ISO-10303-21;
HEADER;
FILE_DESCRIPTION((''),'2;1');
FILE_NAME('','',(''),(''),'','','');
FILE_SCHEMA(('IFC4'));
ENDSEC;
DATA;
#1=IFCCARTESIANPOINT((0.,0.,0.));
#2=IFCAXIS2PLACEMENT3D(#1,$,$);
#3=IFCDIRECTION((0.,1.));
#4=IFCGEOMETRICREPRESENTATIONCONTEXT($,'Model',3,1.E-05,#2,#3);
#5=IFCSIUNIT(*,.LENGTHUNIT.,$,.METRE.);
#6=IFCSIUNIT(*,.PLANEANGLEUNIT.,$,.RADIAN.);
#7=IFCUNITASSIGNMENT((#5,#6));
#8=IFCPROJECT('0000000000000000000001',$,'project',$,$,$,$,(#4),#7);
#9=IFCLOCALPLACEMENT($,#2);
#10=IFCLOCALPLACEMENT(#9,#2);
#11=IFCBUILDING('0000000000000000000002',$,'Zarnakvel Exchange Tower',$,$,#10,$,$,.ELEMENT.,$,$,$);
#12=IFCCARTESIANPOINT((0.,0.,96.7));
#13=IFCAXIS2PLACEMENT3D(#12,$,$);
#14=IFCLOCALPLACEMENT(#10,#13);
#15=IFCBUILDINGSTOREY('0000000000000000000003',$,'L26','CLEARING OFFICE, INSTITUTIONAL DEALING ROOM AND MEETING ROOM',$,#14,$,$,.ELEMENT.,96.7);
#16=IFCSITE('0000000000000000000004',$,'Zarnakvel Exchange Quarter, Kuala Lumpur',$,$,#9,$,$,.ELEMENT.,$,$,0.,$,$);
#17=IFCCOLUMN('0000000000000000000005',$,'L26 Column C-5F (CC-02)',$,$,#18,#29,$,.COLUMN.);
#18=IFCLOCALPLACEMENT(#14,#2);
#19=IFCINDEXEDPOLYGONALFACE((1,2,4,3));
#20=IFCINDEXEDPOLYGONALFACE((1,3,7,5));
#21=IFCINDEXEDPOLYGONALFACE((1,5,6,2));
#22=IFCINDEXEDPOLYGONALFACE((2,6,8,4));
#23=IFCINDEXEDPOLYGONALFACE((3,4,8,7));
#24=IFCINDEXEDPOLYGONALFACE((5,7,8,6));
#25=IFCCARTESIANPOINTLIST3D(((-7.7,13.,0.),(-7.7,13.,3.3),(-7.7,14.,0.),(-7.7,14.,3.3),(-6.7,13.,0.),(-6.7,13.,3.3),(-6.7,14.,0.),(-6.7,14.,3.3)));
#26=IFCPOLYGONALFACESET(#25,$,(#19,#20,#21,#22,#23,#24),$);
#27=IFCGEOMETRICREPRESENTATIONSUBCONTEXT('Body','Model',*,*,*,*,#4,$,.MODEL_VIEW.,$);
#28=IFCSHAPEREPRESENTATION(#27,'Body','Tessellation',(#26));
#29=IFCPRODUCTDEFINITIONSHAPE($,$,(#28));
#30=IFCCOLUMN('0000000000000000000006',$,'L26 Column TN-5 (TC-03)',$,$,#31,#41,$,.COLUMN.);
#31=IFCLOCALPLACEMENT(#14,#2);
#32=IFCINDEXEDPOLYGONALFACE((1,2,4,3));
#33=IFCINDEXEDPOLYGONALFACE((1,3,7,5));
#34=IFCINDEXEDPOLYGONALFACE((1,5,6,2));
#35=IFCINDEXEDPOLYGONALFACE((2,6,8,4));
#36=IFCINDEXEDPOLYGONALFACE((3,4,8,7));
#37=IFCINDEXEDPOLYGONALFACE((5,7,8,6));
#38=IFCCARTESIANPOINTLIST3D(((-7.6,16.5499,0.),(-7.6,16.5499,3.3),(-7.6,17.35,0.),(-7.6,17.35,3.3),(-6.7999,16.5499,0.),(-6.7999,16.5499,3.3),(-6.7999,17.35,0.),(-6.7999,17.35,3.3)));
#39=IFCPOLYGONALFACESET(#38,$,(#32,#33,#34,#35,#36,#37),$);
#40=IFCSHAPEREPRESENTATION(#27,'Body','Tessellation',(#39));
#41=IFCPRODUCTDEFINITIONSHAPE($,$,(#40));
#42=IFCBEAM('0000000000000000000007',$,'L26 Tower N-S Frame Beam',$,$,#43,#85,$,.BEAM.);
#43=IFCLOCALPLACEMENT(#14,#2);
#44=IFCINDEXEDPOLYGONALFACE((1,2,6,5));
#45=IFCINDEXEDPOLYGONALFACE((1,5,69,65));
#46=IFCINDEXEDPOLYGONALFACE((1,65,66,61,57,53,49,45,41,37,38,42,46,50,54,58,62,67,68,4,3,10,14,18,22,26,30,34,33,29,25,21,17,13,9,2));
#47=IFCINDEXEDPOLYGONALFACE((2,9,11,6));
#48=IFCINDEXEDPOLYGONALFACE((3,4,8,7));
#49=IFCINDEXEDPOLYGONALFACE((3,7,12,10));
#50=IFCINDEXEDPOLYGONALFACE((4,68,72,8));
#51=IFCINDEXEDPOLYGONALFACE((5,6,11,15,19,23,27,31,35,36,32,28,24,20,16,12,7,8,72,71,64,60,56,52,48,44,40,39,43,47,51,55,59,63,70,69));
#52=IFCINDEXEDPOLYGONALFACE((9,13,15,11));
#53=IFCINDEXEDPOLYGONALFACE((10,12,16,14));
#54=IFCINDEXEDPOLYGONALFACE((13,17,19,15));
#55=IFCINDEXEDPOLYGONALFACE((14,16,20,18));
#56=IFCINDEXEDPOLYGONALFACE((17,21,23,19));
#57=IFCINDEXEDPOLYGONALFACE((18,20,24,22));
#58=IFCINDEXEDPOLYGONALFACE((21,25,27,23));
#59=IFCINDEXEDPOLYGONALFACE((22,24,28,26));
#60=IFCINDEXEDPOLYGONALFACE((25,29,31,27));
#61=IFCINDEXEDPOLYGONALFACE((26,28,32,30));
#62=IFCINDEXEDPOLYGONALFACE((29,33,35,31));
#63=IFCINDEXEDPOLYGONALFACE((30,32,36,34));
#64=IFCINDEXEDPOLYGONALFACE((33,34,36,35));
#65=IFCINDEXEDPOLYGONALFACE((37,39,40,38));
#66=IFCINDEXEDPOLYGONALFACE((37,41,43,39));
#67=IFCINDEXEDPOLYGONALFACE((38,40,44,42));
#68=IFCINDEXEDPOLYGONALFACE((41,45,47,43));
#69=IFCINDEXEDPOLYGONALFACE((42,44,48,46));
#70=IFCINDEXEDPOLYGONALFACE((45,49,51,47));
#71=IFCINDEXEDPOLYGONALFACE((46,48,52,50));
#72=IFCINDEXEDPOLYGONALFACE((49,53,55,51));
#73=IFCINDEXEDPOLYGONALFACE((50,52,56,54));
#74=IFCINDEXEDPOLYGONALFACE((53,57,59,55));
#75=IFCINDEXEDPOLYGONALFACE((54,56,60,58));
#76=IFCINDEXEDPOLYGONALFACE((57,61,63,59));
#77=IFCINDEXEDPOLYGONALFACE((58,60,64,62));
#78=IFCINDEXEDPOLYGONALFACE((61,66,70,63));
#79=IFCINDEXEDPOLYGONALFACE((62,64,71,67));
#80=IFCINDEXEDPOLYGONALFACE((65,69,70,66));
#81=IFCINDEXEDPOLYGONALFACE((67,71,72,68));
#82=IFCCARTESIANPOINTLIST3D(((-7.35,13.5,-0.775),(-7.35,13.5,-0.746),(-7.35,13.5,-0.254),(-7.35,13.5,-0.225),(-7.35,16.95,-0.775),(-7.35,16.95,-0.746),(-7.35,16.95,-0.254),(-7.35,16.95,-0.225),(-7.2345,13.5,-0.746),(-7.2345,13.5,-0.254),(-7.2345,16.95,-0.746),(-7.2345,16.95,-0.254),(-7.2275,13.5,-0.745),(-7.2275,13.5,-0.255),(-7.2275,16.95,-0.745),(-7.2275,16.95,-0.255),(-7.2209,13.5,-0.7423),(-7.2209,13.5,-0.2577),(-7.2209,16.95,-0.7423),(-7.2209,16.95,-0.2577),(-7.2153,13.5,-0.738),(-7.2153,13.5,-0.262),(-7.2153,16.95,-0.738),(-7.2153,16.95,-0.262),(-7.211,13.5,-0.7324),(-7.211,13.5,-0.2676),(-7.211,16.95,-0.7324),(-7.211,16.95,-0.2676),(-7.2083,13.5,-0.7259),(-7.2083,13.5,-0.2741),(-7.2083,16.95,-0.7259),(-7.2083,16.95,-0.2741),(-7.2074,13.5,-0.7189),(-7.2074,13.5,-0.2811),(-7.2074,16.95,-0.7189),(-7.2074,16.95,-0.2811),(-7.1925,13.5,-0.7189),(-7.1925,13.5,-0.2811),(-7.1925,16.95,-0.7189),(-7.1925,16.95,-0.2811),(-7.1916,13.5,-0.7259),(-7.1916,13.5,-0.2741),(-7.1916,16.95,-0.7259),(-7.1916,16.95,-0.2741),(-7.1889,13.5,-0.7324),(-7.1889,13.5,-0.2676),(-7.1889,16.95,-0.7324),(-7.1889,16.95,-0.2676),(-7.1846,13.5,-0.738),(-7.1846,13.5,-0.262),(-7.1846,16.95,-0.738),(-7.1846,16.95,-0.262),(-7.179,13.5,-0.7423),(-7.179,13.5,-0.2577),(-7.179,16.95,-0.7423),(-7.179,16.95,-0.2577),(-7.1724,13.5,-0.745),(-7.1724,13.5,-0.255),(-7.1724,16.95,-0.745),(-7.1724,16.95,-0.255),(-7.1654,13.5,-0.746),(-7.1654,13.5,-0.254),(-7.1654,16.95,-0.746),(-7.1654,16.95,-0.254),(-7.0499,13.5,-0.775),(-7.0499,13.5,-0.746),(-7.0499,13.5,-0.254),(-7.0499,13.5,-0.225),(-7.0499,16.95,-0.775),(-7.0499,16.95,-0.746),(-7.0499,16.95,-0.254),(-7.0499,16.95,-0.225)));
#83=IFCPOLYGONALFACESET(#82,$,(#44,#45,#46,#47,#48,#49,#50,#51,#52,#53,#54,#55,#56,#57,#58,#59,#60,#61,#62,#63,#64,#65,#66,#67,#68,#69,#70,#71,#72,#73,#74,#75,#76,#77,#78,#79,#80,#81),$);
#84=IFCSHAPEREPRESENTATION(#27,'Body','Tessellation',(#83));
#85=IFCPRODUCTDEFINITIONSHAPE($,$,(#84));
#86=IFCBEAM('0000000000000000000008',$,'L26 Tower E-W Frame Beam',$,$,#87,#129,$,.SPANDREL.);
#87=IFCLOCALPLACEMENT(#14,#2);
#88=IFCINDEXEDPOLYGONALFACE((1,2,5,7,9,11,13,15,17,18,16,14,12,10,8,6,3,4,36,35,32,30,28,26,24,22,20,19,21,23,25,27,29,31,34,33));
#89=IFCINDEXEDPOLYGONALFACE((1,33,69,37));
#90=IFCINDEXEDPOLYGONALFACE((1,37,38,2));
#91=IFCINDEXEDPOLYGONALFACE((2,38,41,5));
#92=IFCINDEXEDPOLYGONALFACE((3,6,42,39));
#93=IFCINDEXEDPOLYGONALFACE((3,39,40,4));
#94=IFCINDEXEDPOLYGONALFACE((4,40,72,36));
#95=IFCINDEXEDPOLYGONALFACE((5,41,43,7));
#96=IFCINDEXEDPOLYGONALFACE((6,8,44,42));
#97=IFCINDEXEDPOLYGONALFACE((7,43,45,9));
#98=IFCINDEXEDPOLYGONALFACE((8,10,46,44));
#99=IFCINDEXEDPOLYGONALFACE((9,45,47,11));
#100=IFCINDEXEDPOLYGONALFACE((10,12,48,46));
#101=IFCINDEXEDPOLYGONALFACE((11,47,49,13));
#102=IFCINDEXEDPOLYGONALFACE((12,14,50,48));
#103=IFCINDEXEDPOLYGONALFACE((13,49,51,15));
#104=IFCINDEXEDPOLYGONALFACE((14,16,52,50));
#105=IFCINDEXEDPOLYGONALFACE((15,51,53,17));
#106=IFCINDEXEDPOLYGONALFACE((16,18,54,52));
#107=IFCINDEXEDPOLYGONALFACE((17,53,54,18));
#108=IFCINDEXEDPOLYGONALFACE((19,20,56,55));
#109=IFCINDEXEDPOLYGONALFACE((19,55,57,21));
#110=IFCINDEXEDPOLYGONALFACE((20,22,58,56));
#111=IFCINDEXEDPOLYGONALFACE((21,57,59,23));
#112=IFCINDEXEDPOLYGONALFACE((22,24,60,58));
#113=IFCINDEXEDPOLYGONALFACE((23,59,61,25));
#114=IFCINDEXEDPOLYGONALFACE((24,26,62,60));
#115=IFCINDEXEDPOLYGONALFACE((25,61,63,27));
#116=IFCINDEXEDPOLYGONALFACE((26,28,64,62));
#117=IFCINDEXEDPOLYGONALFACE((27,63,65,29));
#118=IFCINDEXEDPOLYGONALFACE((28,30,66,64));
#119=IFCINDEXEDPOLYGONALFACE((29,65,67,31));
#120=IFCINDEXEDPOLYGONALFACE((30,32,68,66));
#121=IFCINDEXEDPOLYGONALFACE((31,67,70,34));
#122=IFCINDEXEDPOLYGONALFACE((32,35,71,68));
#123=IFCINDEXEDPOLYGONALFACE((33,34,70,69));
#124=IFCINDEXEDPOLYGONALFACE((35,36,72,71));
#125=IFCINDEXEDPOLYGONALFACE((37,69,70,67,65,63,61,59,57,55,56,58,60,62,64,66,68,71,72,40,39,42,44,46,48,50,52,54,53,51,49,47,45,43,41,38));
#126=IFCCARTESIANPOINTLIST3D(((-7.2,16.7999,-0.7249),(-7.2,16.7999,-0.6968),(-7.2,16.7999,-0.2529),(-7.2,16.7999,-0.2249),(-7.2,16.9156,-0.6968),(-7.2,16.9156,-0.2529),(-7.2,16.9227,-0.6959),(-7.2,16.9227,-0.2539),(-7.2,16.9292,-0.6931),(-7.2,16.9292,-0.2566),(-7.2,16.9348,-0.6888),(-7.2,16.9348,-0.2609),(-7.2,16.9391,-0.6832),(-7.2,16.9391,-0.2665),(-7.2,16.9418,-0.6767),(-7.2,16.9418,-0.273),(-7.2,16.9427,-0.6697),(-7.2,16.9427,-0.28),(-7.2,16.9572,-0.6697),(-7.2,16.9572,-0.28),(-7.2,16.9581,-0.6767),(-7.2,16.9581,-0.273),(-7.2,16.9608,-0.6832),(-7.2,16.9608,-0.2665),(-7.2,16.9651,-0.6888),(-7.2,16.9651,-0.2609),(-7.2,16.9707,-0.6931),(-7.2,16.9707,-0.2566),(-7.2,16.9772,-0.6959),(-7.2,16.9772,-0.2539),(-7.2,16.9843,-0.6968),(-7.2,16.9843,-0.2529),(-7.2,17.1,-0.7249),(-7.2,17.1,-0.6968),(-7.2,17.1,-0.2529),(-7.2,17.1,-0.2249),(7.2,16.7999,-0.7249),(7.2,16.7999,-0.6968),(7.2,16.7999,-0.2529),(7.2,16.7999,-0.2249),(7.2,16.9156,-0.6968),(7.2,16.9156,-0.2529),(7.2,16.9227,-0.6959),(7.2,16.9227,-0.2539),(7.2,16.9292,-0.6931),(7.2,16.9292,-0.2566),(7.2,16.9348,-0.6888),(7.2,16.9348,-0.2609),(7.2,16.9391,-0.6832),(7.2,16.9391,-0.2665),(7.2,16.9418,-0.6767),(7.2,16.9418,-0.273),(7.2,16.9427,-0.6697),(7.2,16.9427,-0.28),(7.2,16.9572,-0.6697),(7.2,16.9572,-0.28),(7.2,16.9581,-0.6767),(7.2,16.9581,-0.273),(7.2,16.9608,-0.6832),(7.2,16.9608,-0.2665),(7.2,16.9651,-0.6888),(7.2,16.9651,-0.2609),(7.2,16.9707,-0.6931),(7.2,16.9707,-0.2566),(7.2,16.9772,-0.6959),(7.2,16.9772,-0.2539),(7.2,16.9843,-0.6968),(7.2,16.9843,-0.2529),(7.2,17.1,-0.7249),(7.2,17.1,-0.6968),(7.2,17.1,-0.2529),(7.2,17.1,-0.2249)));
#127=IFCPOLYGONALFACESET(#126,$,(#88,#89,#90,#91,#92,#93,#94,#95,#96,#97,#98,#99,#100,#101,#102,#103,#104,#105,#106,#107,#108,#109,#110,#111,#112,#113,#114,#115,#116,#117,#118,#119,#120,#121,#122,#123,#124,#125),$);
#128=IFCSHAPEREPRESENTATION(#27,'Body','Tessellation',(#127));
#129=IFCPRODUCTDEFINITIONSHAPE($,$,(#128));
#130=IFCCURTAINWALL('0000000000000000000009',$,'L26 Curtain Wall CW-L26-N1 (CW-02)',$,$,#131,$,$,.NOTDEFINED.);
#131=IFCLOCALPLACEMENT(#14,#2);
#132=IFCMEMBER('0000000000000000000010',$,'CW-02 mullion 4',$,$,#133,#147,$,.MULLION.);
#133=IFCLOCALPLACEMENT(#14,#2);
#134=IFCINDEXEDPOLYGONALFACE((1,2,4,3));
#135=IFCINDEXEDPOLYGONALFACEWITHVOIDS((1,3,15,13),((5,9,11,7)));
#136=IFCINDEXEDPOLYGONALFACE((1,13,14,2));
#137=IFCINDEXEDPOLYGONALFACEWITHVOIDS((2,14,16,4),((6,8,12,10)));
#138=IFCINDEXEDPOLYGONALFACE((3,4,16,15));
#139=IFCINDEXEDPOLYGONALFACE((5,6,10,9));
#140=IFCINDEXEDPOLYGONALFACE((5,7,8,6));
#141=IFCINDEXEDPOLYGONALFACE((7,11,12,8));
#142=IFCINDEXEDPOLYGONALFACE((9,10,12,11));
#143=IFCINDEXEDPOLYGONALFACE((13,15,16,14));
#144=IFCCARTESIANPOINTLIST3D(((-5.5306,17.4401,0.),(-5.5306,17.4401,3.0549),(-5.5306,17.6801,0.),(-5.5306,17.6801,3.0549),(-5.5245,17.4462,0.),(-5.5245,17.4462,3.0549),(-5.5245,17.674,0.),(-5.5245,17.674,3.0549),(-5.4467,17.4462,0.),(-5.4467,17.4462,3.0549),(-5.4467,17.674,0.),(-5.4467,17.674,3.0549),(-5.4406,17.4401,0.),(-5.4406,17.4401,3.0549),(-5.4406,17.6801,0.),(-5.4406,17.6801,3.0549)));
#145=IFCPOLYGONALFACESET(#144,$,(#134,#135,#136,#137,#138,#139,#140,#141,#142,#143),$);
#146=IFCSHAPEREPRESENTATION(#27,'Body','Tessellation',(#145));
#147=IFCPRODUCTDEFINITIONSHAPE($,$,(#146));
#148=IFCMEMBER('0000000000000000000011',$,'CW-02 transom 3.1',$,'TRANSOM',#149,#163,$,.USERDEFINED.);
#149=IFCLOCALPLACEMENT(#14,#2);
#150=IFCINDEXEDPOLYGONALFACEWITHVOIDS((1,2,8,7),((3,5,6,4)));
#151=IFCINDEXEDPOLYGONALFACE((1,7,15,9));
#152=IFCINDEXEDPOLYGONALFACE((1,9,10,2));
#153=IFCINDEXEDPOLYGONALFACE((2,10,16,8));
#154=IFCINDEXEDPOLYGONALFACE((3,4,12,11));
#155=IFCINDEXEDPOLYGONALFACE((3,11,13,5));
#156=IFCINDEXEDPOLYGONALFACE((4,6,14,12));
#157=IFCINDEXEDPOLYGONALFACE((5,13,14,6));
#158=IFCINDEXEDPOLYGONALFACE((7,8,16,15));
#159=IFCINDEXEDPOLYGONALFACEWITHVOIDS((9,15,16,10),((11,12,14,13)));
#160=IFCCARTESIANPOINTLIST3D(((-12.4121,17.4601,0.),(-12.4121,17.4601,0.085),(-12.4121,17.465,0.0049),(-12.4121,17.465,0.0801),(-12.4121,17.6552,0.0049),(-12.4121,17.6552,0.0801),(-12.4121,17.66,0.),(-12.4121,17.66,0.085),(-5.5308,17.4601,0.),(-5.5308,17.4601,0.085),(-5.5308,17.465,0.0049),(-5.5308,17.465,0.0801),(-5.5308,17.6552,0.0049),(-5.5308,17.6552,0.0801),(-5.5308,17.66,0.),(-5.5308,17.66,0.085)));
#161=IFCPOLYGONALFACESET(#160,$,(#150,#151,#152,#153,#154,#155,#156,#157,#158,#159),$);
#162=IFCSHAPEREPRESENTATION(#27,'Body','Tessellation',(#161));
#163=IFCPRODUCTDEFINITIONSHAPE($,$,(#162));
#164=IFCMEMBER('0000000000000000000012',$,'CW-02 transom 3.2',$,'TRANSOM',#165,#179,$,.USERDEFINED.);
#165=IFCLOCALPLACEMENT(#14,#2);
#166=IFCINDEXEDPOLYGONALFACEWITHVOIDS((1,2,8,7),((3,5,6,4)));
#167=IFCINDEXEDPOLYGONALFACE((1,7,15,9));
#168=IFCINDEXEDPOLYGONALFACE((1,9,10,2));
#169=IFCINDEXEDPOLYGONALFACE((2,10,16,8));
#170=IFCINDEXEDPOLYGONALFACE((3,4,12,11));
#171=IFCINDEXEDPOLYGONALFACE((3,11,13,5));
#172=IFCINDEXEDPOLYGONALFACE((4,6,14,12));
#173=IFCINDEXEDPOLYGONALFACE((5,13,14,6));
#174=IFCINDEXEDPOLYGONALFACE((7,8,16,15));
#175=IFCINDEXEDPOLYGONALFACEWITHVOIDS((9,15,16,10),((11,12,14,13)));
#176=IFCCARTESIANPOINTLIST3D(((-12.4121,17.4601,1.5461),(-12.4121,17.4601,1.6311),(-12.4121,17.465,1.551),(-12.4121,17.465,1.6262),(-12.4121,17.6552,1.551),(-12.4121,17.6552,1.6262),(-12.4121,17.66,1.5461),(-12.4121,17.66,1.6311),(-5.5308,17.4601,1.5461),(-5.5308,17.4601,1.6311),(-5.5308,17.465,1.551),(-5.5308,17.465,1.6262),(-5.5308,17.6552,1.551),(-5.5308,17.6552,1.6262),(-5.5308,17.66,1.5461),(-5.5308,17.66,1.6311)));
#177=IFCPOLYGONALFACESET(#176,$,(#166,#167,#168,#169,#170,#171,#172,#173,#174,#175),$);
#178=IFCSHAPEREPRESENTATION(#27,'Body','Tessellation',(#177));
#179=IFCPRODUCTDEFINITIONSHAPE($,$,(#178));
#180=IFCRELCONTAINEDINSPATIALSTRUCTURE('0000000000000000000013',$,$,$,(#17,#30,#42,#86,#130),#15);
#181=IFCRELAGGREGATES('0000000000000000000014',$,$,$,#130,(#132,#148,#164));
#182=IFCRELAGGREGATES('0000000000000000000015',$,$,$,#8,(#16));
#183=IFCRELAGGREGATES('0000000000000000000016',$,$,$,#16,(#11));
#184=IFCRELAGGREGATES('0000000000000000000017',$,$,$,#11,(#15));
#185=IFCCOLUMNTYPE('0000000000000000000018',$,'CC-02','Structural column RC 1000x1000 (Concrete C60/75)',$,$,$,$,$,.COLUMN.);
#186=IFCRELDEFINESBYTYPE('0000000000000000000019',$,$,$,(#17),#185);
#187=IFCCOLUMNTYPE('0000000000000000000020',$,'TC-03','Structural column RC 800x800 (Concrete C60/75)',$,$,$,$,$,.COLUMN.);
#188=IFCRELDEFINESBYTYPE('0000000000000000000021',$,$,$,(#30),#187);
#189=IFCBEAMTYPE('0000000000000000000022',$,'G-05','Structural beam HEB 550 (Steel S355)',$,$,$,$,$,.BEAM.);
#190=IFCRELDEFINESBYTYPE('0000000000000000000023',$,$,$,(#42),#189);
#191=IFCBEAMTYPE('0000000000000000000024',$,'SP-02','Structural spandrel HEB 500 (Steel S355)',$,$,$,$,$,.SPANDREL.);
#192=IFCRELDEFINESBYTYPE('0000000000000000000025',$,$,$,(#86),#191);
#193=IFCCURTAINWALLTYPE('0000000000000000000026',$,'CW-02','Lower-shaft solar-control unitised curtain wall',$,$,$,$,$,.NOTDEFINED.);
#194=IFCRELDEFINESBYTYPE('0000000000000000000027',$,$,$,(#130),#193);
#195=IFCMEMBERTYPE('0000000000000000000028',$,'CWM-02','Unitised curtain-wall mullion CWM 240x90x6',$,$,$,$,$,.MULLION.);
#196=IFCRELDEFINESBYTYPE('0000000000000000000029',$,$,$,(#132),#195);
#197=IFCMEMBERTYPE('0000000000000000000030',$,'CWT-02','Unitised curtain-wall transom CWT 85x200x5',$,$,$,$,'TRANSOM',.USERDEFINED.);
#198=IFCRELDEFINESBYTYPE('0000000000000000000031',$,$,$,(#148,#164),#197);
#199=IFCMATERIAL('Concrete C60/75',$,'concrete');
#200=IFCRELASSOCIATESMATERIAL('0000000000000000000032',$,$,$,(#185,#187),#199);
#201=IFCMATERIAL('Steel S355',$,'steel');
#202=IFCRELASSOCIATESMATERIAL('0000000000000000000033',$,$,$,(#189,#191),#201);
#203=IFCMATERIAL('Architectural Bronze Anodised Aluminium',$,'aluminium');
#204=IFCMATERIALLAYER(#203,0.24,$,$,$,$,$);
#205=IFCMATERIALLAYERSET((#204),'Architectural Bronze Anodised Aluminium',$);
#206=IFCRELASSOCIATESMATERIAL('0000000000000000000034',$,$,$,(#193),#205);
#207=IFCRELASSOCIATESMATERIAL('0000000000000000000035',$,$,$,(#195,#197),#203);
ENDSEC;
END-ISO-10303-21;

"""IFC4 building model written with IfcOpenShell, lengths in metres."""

from ifc_helpers import new_model, si_unit, direction, frame, origin, origin_2d, place, context, subcontext, project, spatial, rectangle, hollow_rectangle, i_section, extrude, source, transform, mapped, material, layer, layer_set, material_profile, profile_set, type_object, element, aggregate, save


model = new_model("IFC4")

# Units and contexts
model_context = context("Model", 3, precision=1e-05, world=origin(), true_north=direction((0.0, 1.0)))
body_context = subcontext(model_context, "Body", "Model", "MODEL_VIEW")
ifc_project = project(units=[si_unit("LENGTHUNIT", "METRE"), si_unit("PLANEANGLEUNIT", "RADIAN")], contexts=[model_context])

# Site, building, storey
site_placement = place(None, origin())
site = spatial("IfcSite", under=ifc_project, at=site_placement, Name="Zarnakvel Exchange Quarter, Kuala Lumpur", CompositionType="ELEMENT", RefElevation=0.0)
building_placement = place(site_placement, origin())
building = spatial("IfcBuilding", under=site, at=building_placement, Name="Zarnakvel Exchange Tower", CompositionType="ELEMENT")
storey_placement = place(building_placement, frame((0.0, 0.0, 96.7)))
storey = spatial("IfcBuildingStorey", under=building, at=storey_placement, Name="L26", Description="CLEARING OFFICE, INSTITUTIONAL DEALING ROOM AND MEETING ROOM", CompositionType="ELEMENT", Elevation=96.7)

# Columns
ifc_material_1 = material(Name="Concrete C60/75", Category="concrete")
ifc_material_profile_1 = material_profile(ifc_material_1, rectangle(XDim=1.0, YDim=1.0, at=origin_2d()))
ifc_profile_set_1 = profile_set([ifc_material_profile_1], Name="Concrete C60/75")
column_type_1 = type_object("IfcColumnType", Name="CC-02", Description="Structural column RC 1000x1000 (Concrete C60/75)", PredefinedType="COLUMN", material=ifc_profile_set_1)
column_1_placement = place(storey_placement, frame((-7.2, 13.5, 0.0), z_axis=(0.0, 0.0, 1.0), x_axis=(1.0, 0.0, 0.0)))
element("IfcColumn", 1, at=column_1_placement, inside=storey, type_object=column_type_1, Name="L26 Column C-5F (CC-02)", PredefinedType="COLUMN", context=body_context, shape_type="SweptSolid", body=[
    extrude(rectangle(XDim=1.0, YDim=1.0, at=origin_2d()), origin(), (0.0, 0.0, 1.0), 3.3),
])
ifc_material_profile_2 = material_profile(ifc_material_1, rectangle(XDim=0.8, YDim=0.8, at=origin_2d()))
ifc_profile_set_2 = profile_set([ifc_material_profile_2], Name="Concrete C60/75")
column_type_2 = type_object("IfcColumnType", Name="TC-03", Description="Structural column RC 800x800 (Concrete C60/75)", PredefinedType="COLUMN", material=ifc_profile_set_2)
column_2_placement = place(storey_placement, frame((-7.2, 16.95, 0.0), z_axis=(0.0, 0.0, 1.0), x_axis=(1.0, 0.0, 0.0)))
element("IfcColumn", 2, at=column_2_placement, inside=storey, type_object=column_type_2, Name="L26 Column TN-5 (TC-03)", PredefinedType="COLUMN", context=body_context, shape_type="SweptSolid", body=[
    extrude(rectangle(XDim=0.8, YDim=0.8, at=origin_2d()), origin(), (0.0, 0.0, 1.0), 3.3),
])

# Beams
ifc_material_2 = material(Name="Steel S355", Category="steel")
ifc_material_profile_3 = material_profile(ifc_material_2, i_section(OverallWidth=0.3, OverallDepth=0.55, WebThickness=0.0149, FlangeThickness=0.0291, FilletRadius=0.0271, at=origin_2d()))
ifc_profile_set_3 = profile_set([ifc_material_profile_3], Name="Steel S355")
beam_type_1 = type_object("IfcBeamType", Name="G-05", Description="Structural beam HEB 550 (Steel S355)", PredefinedType="BEAM", material=ifc_profile_set_3)
beam_1_placement = place(storey_placement, frame((-7.2, 13.5, -0.5), z_axis=(0.0, 1.0, 0.0), x_axis=(-1.0, 0.0, 0.0)))
element("IfcBeam", 3, at=beam_1_placement, inside=storey, type_object=beam_type_1, Name="L26 Tower N-S Frame Beam", PredefinedType="BEAM", context=body_context, shape_type="SweptSolid", body=[
    extrude(i_section(OverallWidth=0.3, OverallDepth=0.55, WebThickness=0.0149, FlangeThickness=0.0291, FilletRadius=0.0271, at=origin_2d()), origin(), (0.0, 0.0, 1.0), 3.45),
])
ifc_material_profile_4 = material_profile(ifc_material_2, i_section(OverallWidth=0.3, OverallDepth=0.5, WebThickness=0.0144, FlangeThickness=0.0281, FilletRadius=0.0271, at=origin_2d()))
ifc_profile_set_4 = profile_set([ifc_material_profile_4], Name="Steel S355")
beam_type_2 = type_object("IfcBeamType", Name="SP-02", Description="Structural spandrel HEB 500 (Steel S355)", PredefinedType="SPANDREL", material=ifc_profile_set_4)
beam_2_placement = place(storey_placement, frame((-7.2, 16.95, -0.4749), z_axis=(1.0, 0.0, 0.0), x_axis=(0.0, 1.0, 0.0)))
element("IfcBeam", 4, at=beam_2_placement, inside=storey, type_object=beam_type_2, Name="L26 Tower E-W Frame Beam", PredefinedType="SPANDREL", context=body_context, shape_type="SweptSolid", body=[
    extrude(i_section(OverallWidth=0.3, OverallDepth=0.5, WebThickness=0.0144, FlangeThickness=0.0281, FilletRadius=0.0271, at=origin_2d()), origin(), (0.0, 0.0, 1.0), 14.3999),
])

# Curtain wall, members
ifc_material_3 = material(Name="Architectural Bronze Anodised Aluminium", Category="aluminium")
ifc_layer_1 = layer(ifc_material_3, 0.24)
ifc_layer_set_1 = layer_set([ifc_layer_1], Name="Architectural Bronze Anodised Aluminium")
curtain_wall_type = type_object("IfcCurtainWallType", Name="CW-02", Description="Lower-shaft solar-control unitised curtain wall", PredefinedType="NOTDEFINED", material=ifc_layer_set_1)
curtain_wall_placement = place(storey_placement, origin())
curtain_wall = element("IfcCurtainWall", 5, at=curtain_wall_placement, inside=storey, type_object=curtain_wall_type, Name="L26 Curtain Wall CW-L26-N1 (CW-02)", PredefinedType="NOTDEFINED")
ifc_material_profile_5 = material_profile(ifc_material_3, hollow_rectangle(XDim=0.24, YDim=0.0901, WallThickness=0.0061, at=origin_2d()))
ifc_profile_set_5 = profile_set([ifc_material_profile_5], Name="Architectural Bronze Anodised Aluminium")
member_type_1 = type_object("IfcMemberType", Name="CWM-02", Description="Unitised curtain-wall mullion CWM 240x90x6", PredefinedType="MULLION", material=ifc_profile_set_5)
shared_shape_1 = source(origin(), body_context, "Body", "SweptSolid", [
    extrude(hollow_rectangle(XDim=0.24, YDim=0.0901, WallThickness=0.0061, at=origin_2d()), origin(), (0.0, 0.0, 1.0), 3.0549),
])
member_1_placement = place(storey_placement, frame((-5.4856, 17.5601, 0.0), z_axis=(0.0, 0.0, 1.0), x_axis=(0.0, 1.0, 0.0)))
member_1 = element("IfcMember", 6, at=member_1_placement, type_object=member_type_1, Name="CW-02 mullion 4", PredefinedType="MULLION", context=body_context, shape_type="MappedRepresentation", body=[
    mapped(shared_shape_1, transform((0.0, 0.0, 0.0), x_axis=(1.0, 0.0, 0.0), y_axis=(0.0, 1.0, 0.0), z_axis=(0.0, 0.0, 1.0), scale=1.0)),
])
ifc_material_profile_6 = material_profile(ifc_material_3, hollow_rectangle(XDim=0.2, YDim=0.085, WallThickness=0.0049, at=origin_2d()))
ifc_profile_set_6 = profile_set([ifc_material_profile_6], Name="Architectural Bronze Anodised Aluminium")
member_type_2 = type_object("IfcMemberType", Name="CWT-02", Description="Unitised curtain-wall transom CWT 85x200x5", ElementType="TRANSOM", PredefinedType="USERDEFINED", material=ifc_profile_set_6)
shared_shape_2 = source(origin(), body_context, "Body", "SweptSolid", [
    extrude(hollow_rectangle(XDim=0.2, YDim=0.085, WallThickness=0.0049, at=origin_2d()), origin(), (0.0, 0.0, 1.0), 6.8813),
])
member_2_placement = place(storey_placement, frame((-12.4121, 17.5601, 0.0425), z_axis=(1.0, 0.0, 0.0), x_axis=(0.0, 1.0, 0.0)))
member_2 = element("IfcMember", 7, at=member_2_placement, type_object=member_type_2, Name="CW-02 transom 3.1", ObjectType="TRANSOM", PredefinedType="USERDEFINED", context=body_context, shape_type="MappedRepresentation", body=[
    mapped(shared_shape_2, transform((0.0, 0.0, 0.0), x_axis=(1.0, 0.0, 0.0), y_axis=(0.0, 1.0, 0.0), z_axis=(0.0, 0.0, 1.0), scale=1.0)),
])
member_3_placement = place(storey_placement, frame((-12.4121, 17.5601, 1.5886), z_axis=(1.0, 0.0, 0.0), x_axis=(0.0, 1.0, 0.0)))
member_3 = element("IfcMember", 8, at=member_3_placement, type_object=member_type_2, Name="CW-02 transom 3.2", ObjectType="TRANSOM", PredefinedType="USERDEFINED", context=body_context, shape_type="MappedRepresentation", body=[
    mapped(shared_shape_2, transform((0.0, 0.0, 0.0), x_axis=(1.0, 0.0, 0.0), y_axis=(0.0, 1.0, 0.0), z_axis=(0.0, 0.0, 1.0), scale=1.0)),
])
aggregate(curtain_wall, [member_1, member_2, member_3])

save(model, "model.ifc")
